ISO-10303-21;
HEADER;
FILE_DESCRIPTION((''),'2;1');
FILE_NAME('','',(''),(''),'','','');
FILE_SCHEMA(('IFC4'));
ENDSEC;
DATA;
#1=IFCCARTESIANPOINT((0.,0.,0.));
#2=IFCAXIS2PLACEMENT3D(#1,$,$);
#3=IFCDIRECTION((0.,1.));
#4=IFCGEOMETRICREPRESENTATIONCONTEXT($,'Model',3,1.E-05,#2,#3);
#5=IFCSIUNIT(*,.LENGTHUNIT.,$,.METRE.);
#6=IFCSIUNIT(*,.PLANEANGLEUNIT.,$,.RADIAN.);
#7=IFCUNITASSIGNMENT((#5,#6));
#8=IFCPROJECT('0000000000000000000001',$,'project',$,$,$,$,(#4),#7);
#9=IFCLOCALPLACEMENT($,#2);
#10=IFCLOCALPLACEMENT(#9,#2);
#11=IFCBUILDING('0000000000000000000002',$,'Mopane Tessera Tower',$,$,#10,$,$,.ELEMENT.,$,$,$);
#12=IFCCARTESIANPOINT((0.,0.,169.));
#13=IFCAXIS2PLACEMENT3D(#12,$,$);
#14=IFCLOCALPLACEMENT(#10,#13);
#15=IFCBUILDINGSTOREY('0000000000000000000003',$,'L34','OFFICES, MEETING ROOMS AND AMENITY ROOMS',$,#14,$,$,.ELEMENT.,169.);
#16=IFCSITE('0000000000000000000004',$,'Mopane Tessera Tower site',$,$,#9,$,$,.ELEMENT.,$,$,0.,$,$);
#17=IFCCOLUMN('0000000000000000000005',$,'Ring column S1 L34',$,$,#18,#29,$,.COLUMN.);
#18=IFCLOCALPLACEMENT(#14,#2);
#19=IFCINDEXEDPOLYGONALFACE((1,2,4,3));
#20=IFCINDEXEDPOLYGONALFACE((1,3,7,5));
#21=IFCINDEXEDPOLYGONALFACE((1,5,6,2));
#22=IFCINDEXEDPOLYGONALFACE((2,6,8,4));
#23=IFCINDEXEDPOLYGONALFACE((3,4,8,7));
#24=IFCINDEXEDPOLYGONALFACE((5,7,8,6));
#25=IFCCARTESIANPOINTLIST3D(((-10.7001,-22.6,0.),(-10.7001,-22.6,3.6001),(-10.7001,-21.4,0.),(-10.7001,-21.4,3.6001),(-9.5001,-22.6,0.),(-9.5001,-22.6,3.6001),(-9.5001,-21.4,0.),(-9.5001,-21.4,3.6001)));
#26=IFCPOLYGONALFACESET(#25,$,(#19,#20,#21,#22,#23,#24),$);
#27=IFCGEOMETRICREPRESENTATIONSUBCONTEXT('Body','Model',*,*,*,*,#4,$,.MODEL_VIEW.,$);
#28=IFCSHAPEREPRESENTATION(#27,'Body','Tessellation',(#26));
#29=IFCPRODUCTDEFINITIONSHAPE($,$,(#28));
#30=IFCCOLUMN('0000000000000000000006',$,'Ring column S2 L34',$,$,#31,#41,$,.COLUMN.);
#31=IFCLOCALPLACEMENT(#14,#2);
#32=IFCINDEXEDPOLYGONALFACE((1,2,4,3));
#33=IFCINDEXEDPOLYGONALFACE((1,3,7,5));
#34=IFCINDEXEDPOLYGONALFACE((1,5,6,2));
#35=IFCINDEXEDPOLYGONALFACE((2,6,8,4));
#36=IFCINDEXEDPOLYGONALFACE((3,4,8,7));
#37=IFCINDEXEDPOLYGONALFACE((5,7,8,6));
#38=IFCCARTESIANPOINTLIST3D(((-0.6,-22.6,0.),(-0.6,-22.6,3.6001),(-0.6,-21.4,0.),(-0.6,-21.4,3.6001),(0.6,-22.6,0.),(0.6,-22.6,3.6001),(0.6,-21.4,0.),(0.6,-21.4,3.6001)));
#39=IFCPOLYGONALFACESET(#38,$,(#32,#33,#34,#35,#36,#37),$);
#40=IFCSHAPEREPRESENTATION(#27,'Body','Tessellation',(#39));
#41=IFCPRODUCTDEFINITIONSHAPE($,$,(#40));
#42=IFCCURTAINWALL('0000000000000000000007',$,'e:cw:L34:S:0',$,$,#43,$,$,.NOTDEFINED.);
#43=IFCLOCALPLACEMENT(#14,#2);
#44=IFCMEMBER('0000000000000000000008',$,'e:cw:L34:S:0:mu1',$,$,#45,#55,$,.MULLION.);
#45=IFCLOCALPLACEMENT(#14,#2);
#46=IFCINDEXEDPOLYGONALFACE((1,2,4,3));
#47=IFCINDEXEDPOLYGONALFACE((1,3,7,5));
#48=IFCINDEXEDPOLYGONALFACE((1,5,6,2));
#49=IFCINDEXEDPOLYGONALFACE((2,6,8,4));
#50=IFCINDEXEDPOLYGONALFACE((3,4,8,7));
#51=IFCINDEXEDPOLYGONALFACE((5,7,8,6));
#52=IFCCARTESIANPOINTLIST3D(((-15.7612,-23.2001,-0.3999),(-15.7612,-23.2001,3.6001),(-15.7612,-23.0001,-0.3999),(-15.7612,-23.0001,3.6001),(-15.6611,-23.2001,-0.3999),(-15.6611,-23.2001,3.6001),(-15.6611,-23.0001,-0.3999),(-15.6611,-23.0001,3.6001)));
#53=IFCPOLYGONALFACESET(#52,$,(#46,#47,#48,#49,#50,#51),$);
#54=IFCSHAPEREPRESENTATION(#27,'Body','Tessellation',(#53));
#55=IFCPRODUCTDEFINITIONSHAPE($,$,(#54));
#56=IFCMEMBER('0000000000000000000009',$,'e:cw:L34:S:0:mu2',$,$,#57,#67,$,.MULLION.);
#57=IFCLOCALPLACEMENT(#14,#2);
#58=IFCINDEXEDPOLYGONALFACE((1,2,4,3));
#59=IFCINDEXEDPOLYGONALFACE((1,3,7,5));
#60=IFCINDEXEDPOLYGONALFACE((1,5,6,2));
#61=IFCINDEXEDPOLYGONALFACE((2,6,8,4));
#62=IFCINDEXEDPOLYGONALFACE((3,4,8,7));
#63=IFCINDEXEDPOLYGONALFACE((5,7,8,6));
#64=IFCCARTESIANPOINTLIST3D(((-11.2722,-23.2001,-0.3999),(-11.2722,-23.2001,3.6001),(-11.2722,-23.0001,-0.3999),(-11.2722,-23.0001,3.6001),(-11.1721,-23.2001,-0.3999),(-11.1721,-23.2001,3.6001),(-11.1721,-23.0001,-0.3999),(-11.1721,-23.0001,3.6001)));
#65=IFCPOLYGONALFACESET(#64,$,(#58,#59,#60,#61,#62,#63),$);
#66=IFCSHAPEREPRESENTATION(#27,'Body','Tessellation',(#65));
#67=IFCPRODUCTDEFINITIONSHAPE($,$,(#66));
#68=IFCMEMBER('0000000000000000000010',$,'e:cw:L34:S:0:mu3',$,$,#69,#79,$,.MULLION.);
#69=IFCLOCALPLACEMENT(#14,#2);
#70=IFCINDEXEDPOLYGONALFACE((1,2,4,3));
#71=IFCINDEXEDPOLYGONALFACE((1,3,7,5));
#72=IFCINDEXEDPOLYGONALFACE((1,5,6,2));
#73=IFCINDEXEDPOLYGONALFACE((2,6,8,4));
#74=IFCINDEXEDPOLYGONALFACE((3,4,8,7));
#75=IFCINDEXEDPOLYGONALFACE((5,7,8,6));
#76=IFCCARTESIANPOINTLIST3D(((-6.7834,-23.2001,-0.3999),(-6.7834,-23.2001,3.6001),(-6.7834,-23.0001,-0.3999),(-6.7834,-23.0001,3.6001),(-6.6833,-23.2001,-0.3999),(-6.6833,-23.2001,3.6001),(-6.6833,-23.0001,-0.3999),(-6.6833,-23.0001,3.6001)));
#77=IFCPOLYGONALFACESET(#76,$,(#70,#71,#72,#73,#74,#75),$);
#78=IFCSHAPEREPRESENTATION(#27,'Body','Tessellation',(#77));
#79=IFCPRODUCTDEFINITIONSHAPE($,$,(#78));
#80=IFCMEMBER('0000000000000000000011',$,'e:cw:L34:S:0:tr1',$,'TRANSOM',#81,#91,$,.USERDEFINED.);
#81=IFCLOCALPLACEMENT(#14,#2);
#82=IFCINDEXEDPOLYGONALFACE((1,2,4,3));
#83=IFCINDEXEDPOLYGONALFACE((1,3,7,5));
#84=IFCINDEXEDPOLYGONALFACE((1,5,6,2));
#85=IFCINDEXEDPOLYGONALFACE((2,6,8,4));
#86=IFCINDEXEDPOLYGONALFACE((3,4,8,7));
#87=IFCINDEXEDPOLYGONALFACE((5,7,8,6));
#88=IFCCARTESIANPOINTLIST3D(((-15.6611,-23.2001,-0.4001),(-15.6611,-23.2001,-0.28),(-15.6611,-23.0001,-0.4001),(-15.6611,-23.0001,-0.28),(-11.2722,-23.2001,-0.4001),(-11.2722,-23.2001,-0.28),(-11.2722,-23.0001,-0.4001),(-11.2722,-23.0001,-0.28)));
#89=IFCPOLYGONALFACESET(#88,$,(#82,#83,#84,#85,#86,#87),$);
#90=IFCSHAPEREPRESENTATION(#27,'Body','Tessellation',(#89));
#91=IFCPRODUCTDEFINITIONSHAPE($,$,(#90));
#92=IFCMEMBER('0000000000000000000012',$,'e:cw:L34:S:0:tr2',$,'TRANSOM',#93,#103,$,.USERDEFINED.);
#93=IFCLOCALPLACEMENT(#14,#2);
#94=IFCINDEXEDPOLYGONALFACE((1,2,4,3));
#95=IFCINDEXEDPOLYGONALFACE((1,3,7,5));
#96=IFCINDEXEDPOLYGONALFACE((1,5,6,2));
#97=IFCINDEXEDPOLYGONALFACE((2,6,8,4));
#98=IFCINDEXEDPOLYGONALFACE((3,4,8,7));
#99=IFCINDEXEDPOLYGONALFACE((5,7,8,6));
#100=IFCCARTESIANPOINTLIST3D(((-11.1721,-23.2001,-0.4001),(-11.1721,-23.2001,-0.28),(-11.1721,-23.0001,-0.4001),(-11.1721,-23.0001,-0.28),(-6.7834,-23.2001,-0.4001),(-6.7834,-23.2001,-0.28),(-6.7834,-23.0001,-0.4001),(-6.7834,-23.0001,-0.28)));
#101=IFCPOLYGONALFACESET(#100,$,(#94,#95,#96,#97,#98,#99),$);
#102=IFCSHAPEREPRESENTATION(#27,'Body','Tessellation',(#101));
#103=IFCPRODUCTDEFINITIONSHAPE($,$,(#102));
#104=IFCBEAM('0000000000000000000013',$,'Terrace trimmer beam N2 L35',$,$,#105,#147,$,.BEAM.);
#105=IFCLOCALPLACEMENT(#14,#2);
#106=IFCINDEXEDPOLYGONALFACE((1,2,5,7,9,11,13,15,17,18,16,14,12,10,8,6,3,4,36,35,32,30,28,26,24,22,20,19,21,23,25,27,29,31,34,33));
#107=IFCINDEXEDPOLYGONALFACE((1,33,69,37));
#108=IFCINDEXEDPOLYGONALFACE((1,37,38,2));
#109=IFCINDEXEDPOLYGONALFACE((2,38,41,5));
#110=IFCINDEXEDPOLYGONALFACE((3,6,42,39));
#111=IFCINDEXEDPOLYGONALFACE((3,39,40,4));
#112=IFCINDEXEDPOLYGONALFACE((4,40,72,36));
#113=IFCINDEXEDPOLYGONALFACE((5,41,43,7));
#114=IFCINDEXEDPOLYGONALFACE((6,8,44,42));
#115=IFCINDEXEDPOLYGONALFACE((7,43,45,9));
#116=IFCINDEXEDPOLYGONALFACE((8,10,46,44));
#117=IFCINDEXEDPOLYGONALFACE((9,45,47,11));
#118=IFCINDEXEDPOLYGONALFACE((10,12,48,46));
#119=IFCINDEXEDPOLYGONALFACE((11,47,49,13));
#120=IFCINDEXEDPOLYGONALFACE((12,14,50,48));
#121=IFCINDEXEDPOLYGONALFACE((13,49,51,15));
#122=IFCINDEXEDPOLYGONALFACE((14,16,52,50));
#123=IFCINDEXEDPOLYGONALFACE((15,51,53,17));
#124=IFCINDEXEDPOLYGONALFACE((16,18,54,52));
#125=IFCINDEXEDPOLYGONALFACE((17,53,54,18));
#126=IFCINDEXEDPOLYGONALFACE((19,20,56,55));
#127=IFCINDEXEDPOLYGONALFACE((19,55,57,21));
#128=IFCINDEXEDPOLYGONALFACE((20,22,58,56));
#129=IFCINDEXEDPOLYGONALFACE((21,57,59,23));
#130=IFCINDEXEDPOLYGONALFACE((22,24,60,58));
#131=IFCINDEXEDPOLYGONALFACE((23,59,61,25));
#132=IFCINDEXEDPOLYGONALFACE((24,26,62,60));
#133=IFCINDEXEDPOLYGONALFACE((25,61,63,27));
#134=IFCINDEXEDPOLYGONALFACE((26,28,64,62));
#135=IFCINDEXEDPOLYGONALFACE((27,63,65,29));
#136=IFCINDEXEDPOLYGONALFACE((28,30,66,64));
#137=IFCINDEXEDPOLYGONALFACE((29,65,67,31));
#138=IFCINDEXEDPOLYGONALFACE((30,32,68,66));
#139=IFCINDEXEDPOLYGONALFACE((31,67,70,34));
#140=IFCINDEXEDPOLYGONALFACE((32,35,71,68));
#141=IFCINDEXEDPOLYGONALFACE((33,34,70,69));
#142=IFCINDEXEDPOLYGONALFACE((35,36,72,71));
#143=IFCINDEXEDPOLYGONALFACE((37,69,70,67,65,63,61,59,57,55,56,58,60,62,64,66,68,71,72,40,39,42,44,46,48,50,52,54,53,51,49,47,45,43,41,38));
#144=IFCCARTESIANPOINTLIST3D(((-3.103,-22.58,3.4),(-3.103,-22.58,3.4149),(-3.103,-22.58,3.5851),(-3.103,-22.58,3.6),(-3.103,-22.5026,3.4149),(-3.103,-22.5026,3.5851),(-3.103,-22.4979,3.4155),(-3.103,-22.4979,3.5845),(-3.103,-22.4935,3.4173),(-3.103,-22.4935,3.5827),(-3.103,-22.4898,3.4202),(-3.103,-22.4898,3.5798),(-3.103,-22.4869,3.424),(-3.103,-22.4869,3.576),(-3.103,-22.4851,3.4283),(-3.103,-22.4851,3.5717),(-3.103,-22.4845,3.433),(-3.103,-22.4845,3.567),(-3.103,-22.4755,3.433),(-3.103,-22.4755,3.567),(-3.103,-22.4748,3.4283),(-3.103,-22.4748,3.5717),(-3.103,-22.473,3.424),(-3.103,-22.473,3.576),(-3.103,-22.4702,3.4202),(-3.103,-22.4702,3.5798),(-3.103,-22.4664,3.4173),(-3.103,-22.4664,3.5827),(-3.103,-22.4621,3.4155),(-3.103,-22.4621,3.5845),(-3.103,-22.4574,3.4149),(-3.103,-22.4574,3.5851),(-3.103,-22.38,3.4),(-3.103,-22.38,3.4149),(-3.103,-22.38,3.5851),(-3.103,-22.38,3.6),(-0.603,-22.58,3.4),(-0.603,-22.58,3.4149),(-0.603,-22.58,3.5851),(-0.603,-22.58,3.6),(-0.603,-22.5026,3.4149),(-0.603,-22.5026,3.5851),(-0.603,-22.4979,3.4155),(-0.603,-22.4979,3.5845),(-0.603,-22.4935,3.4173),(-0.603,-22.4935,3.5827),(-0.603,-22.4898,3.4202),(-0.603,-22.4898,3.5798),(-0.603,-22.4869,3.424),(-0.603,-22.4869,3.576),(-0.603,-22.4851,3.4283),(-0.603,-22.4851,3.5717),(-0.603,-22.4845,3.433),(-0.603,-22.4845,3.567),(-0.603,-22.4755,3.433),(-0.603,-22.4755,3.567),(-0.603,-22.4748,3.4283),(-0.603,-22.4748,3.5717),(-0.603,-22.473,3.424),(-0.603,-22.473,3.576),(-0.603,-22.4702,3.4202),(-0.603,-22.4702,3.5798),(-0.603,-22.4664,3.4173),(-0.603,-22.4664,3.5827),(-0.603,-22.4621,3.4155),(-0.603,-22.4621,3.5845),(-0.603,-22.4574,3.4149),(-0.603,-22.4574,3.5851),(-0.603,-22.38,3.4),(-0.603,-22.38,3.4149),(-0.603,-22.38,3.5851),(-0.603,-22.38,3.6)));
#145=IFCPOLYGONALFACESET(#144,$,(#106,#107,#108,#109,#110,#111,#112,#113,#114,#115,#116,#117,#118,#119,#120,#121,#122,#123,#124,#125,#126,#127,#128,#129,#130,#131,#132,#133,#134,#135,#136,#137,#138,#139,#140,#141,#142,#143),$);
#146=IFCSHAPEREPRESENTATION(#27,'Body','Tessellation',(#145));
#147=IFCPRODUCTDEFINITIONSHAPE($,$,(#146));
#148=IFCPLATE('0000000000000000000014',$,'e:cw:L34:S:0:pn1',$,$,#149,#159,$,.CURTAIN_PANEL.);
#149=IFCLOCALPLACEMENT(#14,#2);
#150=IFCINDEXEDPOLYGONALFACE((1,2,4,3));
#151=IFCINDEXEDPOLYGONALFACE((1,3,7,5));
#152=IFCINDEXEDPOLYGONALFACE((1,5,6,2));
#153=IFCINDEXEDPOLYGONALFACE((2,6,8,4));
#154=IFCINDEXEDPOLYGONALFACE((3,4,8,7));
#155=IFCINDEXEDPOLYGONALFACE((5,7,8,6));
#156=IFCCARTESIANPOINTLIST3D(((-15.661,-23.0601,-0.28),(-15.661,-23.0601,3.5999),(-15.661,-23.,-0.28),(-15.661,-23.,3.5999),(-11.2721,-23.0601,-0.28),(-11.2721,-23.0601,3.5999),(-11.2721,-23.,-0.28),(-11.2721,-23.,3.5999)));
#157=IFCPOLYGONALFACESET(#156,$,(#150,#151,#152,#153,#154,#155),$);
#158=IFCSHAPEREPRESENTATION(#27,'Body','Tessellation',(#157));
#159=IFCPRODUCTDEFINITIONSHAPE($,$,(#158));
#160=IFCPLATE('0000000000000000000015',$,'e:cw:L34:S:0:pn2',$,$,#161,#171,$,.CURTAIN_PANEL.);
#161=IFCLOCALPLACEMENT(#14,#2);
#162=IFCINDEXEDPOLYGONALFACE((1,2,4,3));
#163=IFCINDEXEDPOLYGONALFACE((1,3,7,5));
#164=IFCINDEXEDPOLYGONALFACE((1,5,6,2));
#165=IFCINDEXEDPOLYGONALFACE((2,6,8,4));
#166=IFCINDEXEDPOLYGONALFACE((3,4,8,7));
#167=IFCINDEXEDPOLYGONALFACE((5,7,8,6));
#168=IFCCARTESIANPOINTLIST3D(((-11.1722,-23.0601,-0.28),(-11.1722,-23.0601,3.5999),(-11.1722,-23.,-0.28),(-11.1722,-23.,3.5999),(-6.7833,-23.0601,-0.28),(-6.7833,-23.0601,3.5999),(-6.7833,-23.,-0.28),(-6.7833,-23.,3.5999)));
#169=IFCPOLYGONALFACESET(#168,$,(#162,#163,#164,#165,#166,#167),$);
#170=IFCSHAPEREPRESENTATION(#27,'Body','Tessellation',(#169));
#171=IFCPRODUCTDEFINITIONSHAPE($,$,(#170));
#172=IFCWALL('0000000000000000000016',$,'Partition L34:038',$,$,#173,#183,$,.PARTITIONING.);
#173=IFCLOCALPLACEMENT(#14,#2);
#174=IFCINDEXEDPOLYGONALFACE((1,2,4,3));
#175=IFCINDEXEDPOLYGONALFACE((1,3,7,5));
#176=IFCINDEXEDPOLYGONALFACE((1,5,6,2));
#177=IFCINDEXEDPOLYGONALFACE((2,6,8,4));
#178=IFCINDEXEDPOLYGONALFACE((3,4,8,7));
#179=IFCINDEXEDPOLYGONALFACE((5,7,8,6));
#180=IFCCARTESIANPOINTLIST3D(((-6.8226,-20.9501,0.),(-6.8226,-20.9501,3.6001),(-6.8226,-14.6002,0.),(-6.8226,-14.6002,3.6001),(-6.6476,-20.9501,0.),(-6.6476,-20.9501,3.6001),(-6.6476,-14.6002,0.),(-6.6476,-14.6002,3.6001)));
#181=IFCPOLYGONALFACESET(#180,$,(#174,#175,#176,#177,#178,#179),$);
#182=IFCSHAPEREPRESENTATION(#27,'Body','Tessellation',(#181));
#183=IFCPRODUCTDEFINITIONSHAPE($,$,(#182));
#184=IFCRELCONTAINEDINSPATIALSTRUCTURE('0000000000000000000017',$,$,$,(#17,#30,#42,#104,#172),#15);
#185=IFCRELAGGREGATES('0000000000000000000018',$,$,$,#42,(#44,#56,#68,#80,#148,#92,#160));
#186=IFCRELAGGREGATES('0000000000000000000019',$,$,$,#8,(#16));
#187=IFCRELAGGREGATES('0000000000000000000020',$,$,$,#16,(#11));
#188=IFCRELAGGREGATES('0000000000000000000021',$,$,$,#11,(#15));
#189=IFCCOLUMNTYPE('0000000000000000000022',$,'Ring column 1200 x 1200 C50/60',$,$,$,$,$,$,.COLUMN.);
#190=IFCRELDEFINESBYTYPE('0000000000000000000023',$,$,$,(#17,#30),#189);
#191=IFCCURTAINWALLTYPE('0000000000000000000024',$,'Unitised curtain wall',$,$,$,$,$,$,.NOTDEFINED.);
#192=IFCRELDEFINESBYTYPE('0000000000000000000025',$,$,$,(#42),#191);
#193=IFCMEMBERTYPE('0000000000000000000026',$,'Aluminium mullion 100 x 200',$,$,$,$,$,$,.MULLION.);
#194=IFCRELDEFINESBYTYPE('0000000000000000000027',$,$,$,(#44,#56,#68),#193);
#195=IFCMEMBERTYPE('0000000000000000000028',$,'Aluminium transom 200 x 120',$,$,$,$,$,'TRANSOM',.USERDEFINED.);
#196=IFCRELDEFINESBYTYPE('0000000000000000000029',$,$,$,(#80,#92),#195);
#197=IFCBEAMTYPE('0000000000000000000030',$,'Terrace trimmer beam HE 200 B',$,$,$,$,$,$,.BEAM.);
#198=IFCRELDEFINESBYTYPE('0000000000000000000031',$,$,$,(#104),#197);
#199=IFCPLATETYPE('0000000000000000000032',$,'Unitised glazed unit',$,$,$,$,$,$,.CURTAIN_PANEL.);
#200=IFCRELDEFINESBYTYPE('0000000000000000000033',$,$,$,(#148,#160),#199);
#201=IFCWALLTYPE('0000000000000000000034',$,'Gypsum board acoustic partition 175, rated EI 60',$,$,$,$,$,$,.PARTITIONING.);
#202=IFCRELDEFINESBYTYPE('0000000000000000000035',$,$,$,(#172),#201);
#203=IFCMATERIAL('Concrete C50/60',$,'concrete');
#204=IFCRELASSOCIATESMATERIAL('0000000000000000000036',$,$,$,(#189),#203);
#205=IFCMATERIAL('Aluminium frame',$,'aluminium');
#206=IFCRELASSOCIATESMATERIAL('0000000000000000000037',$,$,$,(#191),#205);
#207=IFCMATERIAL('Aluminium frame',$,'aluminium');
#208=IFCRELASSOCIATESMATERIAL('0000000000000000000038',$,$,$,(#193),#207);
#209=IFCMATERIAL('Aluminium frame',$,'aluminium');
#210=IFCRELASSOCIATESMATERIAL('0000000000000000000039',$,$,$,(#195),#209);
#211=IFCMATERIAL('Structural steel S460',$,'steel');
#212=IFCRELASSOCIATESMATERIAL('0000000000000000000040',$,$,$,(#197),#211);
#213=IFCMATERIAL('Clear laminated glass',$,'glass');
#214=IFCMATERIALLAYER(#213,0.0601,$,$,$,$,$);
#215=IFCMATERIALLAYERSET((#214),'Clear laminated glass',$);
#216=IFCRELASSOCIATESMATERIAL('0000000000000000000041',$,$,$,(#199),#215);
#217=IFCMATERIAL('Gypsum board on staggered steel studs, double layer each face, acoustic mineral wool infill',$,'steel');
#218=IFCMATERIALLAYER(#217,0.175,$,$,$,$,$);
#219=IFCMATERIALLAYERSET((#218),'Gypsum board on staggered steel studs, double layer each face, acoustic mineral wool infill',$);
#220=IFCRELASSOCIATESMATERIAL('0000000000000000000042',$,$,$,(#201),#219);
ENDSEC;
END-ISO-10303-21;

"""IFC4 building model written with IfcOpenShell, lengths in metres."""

from ifc_helpers import new_model, si_unit, direction, frame, frame_2d, origin, origin_2d, place, context, subcontext, project, spatial, rectangle, i_section, extrude, material, layer, layer_set, material_profile, profile_set, type_object, element, aggregate, save


model = new_model("IFC4")

# Units and contexts
model_context = context("Model", 3, precision=1e-05, world=origin(), true_north=direction((0.0, 1.0)))
body_context = subcontext(model_context, "Body", "Model", "MODEL_VIEW")
ifc_project = project(units=[si_unit("LENGTHUNIT", "METRE"), si_unit("PLANEANGLEUNIT", "RADIAN")], contexts=[model_context])

# Site, building, storey
site_placement = place(None, origin())
site = spatial("IfcSite", under=ifc_project, at=site_placement, Name="Mopane Tessera Tower site", CompositionType="ELEMENT", RefElevation=0.0)
building_placement = place(site_placement, origin())
building = spatial("IfcBuilding", under=site, at=building_placement, Name="Mopane Tessera Tower", CompositionType="ELEMENT")
storey_placement = place(building_placement, frame((0.0, 0.0, 169.0)))
storey = spatial("IfcBuildingStorey", under=building, at=storey_placement, Name="L34", Description="OFFICES, MEETING ROOMS AND AMENITY ROOMS", CompositionType="ELEMENT", Elevation=169.0)

# Columns
ifc_material_1 = material(Name="Concrete C50/60", Category="concrete")
ifc_material_profile_1 = material_profile(ifc_material_1, rectangle(XDim=1.2, YDim=1.2, at=origin_2d()))
ifc_profile_set_1 = profile_set([ifc_material_profile_1], Name="Concrete C50/60")
column_type = type_object("IfcColumnType", Name="Ring column 1200 x 1200 C50/60", PredefinedType="COLUMN", material=ifc_profile_set_1)
for number, where, z_axis, x_axis, name in (
    (1, (-10.1001, -22.0, 0.0), (0.0, 0.0, 1.0), (1.0, 0.0, 0.0), "Ring column S1 L34"),
    (2, (0.0, -22.0, 0.0), (0.0, 0.0, 1.0), (1.0, 0.0, 0.0), "Ring column S2 L34"),
):
    element("IfcColumn", number, at=place(storey_placement, frame(where, z_axis=z_axis, x_axis=x_axis)), inside=storey, type_object=column_type, Name=name, PredefinedType="COLUMN", context=body_context, shape_type="SweptSolid", body=[
        extrude(rectangle(XDim=1.2, YDim=1.2, at=origin_2d()), origin(), (0.0, 0.0, 1.0), 3.6001),
    ])

# Curtain wall, members
ifc_material_2 = material(Name="Aluminium frame", Category="aluminium")
curtain_wall_type = type_object("IfcCurtainWallType", Name="Unitised curtain wall", PredefinedType="NOTDEFINED", material=ifc_material_2)
curtain_wall_placement = place(storey_placement, origin())
curtain_wall = element("IfcCurtainWall", 3, at=curtain_wall_placement, inside=storey, type_object=curtain_wall_type, Name="e:cw:L34:S:0", PredefinedType="NOTDEFINED")
ifc_material_3 = material(Name="Aluminium frame", Category="aluminium")
ifc_material_profile_2 = material_profile(ifc_material_3, rectangle(XDim=0.1001, YDim=0.2, at=origin_2d()))
ifc_profile_set_2 = profile_set([ifc_material_profile_2], Name="Aluminium frame")
member_type_1 = type_object("IfcMemberType", Name="Aluminium mullion 100 x 200", PredefinedType="MULLION", material=ifc_profile_set_2)
member_1_placement = place(storey_placement, frame((-15.7112, -23.1001, -0.3999), z_axis=(0.0, 0.0, 1.0), x_axis=(1.0, 0.0, 0.0)))
member_1 = element("IfcMember", 4, at=member_1_placement, type_object=member_type_1, Name="e:cw:L34:S:0:mu1", PredefinedType="MULLION", context=body_context, shape_type="SweptSolid", body=[
    extrude(rectangle(XDim=0.1001, YDim=0.2, at=origin_2d()), origin(), (0.0, 0.0, 1.0), 4.0),
])
member_2_placement = place(storey_placement, frame((-11.2222, -23.1001, -0.3999), z_axis=(0.0, 0.0, 1.0), x_axis=(1.0, 0.0, 0.0)))
member_2 = element("IfcMember", 5, at=member_2_placement, type_object=member_type_1, Name="e:cw:L34:S:0:mu2", PredefinedType="MULLION", context=body_context, shape_type="SweptSolid", body=[
    extrude(rectangle(XDim=0.1001, YDim=0.2, at=origin_2d()), origin(), (0.0, 0.0, 1.0), 4.0),
])
member_3_placement = place(storey_placement, frame((-6.7334, -23.1001, -0.3999), z_axis=(0.0, 0.0, 1.0), x_axis=(1.0, 0.0, 0.0)))
member_3 = element("IfcMember", 6, at=member_3_placement, type_object=member_type_1, Name="e:cw:L34:S:0:mu3", PredefinedType="MULLION", context=body_context, shape_type="SweptSolid", body=[
    extrude(rectangle(XDim=0.1001, YDim=0.2, at=origin_2d()), origin(), (0.0, 0.0, 1.0), 4.0),
])
ifc_material_4 = material(Name="Aluminium frame", Category="aluminium")
ifc_material_profile_3 = material_profile(ifc_material_4, rectangle(XDim=0.2, YDim=0.1201, at=origin_2d()))
ifc_profile_set_3 = profile_set([ifc_material_profile_3], Name="Aluminium frame")
member_type_2 = type_object("IfcMemberType", Name="Aluminium transom 200 x 120", ElementType="TRANSOM", PredefinedType="USERDEFINED", material=ifc_profile_set_3)
member_4_placement = place(storey_placement, frame((-15.6611, -23.1001, -0.3401), z_axis=(1.0, 0.0, 0.0), x_axis=(0.0, 1.0, 0.0)))
member_4 = element("IfcMember", 7, at=member_4_placement, type_object=member_type_2, Name="e:cw:L34:S:0:tr1", ObjectType="TRANSOM", PredefinedType="USERDEFINED", context=body_context, shape_type="SweptSolid", body=[
    extrude(rectangle(XDim=0.2, YDim=0.1201, at=origin_2d()), origin(), (0.0, 0.0, 1.0), 4.3889),
])
member_5_placement = place(storey_placement, frame((-11.1721, -23.1001, -0.3401), z_axis=(1.0, 0.0, 0.0), x_axis=(0.0, 1.0, 0.0)))
member_5 = element("IfcMember", 8, at=member_5_placement, type_object=member_type_2, Name="e:cw:L34:S:0:tr2", ObjectType="TRANSOM", PredefinedType="USERDEFINED", context=body_context, shape_type="SweptSolid", body=[
    extrude(rectangle(XDim=0.2, YDim=0.1201, at=origin_2d()), origin(), (0.0, 0.0, 1.0), 4.3887),
])

# Beam
ifc_material_5 = material(Name="Structural steel S460", Category="steel")
ifc_material_profile_4 = material_profile(ifc_material_5, i_section(OverallWidth=0.2, OverallDepth=0.2, WebThickness=0.009, FlangeThickness=0.0149, FilletRadius=0.0181, at=origin_2d()))
ifc_profile_set_4 = profile_set([ifc_material_profile_4], Name="Structural steel S460")
beam_type = type_object("IfcBeamType", Name="Terrace trimmer beam HE 200 B", PredefinedType="BEAM", material=ifc_profile_set_4)
beam_placement = place(storey_placement, frame((-0.603, -22.48, 3.5), z_axis=(-1.0, 0.0, 0.0), x_axis=(0.0, -1.0, 0.0)))
element("IfcBeam", 9, at=beam_placement, inside=storey, type_object=beam_type, Name="Terrace trimmer beam N2 L35", PredefinedType="BEAM", context=body_context, shape_type="SweptSolid", body=[
    extrude(i_section(OverallWidth=0.2, OverallDepth=0.2, WebThickness=0.009, FlangeThickness=0.0149, FilletRadius=0.0181, at=origin_2d()), origin(), (0.0, 0.0, 1.0), 2.5),
])

# Plates
ifc_material_6 = material(Name="Clear laminated glass", Category="glass")
ifc_layer_1 = layer(ifc_material_6, 0.0601)
ifc_layer_set_1 = layer_set([ifc_layer_1], Name="Clear laminated glass")
plate_type = type_object("IfcPlateType", Name="Unitised glazed unit", PredefinedType="CURTAIN_PANEL", material=ifc_layer_set_1)
plate_1_placement = place(storey_placement, frame((-13.4666, -23.03, -0.28), z_axis=(0.0, 0.0, 1.0), x_axis=(1.0, 0.0, 0.0)))
plate_1 = element("IfcPlate", 10, at=plate_1_placement, type_object=plate_type, Name="e:cw:L34:S:0:pn1", PredefinedType="CURTAIN_PANEL", context=body_context, shape_type="SweptSolid", body=[
    extrude(rectangle(XDim=4.3889, YDim=0.0601, at=origin_2d()), origin(), (0.0, 0.0, 1.0), 3.8799),
])
plate_2_placement = place(storey_placement, frame((-8.9778, -23.03, -0.28), z_axis=(0.0, 0.0, 1.0), x_axis=(1.0, 0.0, 0.0)))
plate_2 = element("IfcPlate", 11, at=plate_2_placement, type_object=plate_type, Name="e:cw:L34:S:0:pn2", PredefinedType="CURTAIN_PANEL", context=body_context, shape_type="SweptSolid", body=[
    extrude(rectangle(XDim=4.3889, YDim=0.0601, at=origin_2d()), origin(), (0.0, 0.0, 1.0), 3.8799),
])
aggregate(curtain_wall, [member_1, member_2, member_3, member_4, plate_1, member_5, plate_2])

# Wall
ifc_material_7 = material(Name="Gypsum board on staggered steel studs, double layer each face, acoustic mineral wool infill", Category="steel")
ifc_layer_2 = layer(ifc_material_7, 0.175)
ifc_layer_set_2 = layer_set([ifc_layer_2], Name="Gypsum board on staggered steel studs, double layer each face, acoustic mineral wool infill")
wall_type_1 = type_object("IfcWallType", Name="Gypsum board acoustic partition 175, rated EI 60", PredefinedType="PARTITIONING", material=ifc_layer_set_2)
wall_1_placement = place(storey_placement, frame((-6.7351, -20.95, 0.0), z_axis=(0.0, 0.0, 1.0), x_axis=(0.0, 1.0, 0.0)))
element("IfcWall", 12, at=wall_1_placement, inside=storey, type_object=wall_type_1, Name="Partition L34:038", PredefinedType="PARTITIONING", context=body_context, shape_type="SweptSolid", body=[
    extrude(rectangle(XDim=6.3499, YDim=0.175, at=frame_2d((3.1748, 0.0))), origin(), (0.0, 0.0, 1.0), 3.6001),
])

save(model, "model.ifc")
